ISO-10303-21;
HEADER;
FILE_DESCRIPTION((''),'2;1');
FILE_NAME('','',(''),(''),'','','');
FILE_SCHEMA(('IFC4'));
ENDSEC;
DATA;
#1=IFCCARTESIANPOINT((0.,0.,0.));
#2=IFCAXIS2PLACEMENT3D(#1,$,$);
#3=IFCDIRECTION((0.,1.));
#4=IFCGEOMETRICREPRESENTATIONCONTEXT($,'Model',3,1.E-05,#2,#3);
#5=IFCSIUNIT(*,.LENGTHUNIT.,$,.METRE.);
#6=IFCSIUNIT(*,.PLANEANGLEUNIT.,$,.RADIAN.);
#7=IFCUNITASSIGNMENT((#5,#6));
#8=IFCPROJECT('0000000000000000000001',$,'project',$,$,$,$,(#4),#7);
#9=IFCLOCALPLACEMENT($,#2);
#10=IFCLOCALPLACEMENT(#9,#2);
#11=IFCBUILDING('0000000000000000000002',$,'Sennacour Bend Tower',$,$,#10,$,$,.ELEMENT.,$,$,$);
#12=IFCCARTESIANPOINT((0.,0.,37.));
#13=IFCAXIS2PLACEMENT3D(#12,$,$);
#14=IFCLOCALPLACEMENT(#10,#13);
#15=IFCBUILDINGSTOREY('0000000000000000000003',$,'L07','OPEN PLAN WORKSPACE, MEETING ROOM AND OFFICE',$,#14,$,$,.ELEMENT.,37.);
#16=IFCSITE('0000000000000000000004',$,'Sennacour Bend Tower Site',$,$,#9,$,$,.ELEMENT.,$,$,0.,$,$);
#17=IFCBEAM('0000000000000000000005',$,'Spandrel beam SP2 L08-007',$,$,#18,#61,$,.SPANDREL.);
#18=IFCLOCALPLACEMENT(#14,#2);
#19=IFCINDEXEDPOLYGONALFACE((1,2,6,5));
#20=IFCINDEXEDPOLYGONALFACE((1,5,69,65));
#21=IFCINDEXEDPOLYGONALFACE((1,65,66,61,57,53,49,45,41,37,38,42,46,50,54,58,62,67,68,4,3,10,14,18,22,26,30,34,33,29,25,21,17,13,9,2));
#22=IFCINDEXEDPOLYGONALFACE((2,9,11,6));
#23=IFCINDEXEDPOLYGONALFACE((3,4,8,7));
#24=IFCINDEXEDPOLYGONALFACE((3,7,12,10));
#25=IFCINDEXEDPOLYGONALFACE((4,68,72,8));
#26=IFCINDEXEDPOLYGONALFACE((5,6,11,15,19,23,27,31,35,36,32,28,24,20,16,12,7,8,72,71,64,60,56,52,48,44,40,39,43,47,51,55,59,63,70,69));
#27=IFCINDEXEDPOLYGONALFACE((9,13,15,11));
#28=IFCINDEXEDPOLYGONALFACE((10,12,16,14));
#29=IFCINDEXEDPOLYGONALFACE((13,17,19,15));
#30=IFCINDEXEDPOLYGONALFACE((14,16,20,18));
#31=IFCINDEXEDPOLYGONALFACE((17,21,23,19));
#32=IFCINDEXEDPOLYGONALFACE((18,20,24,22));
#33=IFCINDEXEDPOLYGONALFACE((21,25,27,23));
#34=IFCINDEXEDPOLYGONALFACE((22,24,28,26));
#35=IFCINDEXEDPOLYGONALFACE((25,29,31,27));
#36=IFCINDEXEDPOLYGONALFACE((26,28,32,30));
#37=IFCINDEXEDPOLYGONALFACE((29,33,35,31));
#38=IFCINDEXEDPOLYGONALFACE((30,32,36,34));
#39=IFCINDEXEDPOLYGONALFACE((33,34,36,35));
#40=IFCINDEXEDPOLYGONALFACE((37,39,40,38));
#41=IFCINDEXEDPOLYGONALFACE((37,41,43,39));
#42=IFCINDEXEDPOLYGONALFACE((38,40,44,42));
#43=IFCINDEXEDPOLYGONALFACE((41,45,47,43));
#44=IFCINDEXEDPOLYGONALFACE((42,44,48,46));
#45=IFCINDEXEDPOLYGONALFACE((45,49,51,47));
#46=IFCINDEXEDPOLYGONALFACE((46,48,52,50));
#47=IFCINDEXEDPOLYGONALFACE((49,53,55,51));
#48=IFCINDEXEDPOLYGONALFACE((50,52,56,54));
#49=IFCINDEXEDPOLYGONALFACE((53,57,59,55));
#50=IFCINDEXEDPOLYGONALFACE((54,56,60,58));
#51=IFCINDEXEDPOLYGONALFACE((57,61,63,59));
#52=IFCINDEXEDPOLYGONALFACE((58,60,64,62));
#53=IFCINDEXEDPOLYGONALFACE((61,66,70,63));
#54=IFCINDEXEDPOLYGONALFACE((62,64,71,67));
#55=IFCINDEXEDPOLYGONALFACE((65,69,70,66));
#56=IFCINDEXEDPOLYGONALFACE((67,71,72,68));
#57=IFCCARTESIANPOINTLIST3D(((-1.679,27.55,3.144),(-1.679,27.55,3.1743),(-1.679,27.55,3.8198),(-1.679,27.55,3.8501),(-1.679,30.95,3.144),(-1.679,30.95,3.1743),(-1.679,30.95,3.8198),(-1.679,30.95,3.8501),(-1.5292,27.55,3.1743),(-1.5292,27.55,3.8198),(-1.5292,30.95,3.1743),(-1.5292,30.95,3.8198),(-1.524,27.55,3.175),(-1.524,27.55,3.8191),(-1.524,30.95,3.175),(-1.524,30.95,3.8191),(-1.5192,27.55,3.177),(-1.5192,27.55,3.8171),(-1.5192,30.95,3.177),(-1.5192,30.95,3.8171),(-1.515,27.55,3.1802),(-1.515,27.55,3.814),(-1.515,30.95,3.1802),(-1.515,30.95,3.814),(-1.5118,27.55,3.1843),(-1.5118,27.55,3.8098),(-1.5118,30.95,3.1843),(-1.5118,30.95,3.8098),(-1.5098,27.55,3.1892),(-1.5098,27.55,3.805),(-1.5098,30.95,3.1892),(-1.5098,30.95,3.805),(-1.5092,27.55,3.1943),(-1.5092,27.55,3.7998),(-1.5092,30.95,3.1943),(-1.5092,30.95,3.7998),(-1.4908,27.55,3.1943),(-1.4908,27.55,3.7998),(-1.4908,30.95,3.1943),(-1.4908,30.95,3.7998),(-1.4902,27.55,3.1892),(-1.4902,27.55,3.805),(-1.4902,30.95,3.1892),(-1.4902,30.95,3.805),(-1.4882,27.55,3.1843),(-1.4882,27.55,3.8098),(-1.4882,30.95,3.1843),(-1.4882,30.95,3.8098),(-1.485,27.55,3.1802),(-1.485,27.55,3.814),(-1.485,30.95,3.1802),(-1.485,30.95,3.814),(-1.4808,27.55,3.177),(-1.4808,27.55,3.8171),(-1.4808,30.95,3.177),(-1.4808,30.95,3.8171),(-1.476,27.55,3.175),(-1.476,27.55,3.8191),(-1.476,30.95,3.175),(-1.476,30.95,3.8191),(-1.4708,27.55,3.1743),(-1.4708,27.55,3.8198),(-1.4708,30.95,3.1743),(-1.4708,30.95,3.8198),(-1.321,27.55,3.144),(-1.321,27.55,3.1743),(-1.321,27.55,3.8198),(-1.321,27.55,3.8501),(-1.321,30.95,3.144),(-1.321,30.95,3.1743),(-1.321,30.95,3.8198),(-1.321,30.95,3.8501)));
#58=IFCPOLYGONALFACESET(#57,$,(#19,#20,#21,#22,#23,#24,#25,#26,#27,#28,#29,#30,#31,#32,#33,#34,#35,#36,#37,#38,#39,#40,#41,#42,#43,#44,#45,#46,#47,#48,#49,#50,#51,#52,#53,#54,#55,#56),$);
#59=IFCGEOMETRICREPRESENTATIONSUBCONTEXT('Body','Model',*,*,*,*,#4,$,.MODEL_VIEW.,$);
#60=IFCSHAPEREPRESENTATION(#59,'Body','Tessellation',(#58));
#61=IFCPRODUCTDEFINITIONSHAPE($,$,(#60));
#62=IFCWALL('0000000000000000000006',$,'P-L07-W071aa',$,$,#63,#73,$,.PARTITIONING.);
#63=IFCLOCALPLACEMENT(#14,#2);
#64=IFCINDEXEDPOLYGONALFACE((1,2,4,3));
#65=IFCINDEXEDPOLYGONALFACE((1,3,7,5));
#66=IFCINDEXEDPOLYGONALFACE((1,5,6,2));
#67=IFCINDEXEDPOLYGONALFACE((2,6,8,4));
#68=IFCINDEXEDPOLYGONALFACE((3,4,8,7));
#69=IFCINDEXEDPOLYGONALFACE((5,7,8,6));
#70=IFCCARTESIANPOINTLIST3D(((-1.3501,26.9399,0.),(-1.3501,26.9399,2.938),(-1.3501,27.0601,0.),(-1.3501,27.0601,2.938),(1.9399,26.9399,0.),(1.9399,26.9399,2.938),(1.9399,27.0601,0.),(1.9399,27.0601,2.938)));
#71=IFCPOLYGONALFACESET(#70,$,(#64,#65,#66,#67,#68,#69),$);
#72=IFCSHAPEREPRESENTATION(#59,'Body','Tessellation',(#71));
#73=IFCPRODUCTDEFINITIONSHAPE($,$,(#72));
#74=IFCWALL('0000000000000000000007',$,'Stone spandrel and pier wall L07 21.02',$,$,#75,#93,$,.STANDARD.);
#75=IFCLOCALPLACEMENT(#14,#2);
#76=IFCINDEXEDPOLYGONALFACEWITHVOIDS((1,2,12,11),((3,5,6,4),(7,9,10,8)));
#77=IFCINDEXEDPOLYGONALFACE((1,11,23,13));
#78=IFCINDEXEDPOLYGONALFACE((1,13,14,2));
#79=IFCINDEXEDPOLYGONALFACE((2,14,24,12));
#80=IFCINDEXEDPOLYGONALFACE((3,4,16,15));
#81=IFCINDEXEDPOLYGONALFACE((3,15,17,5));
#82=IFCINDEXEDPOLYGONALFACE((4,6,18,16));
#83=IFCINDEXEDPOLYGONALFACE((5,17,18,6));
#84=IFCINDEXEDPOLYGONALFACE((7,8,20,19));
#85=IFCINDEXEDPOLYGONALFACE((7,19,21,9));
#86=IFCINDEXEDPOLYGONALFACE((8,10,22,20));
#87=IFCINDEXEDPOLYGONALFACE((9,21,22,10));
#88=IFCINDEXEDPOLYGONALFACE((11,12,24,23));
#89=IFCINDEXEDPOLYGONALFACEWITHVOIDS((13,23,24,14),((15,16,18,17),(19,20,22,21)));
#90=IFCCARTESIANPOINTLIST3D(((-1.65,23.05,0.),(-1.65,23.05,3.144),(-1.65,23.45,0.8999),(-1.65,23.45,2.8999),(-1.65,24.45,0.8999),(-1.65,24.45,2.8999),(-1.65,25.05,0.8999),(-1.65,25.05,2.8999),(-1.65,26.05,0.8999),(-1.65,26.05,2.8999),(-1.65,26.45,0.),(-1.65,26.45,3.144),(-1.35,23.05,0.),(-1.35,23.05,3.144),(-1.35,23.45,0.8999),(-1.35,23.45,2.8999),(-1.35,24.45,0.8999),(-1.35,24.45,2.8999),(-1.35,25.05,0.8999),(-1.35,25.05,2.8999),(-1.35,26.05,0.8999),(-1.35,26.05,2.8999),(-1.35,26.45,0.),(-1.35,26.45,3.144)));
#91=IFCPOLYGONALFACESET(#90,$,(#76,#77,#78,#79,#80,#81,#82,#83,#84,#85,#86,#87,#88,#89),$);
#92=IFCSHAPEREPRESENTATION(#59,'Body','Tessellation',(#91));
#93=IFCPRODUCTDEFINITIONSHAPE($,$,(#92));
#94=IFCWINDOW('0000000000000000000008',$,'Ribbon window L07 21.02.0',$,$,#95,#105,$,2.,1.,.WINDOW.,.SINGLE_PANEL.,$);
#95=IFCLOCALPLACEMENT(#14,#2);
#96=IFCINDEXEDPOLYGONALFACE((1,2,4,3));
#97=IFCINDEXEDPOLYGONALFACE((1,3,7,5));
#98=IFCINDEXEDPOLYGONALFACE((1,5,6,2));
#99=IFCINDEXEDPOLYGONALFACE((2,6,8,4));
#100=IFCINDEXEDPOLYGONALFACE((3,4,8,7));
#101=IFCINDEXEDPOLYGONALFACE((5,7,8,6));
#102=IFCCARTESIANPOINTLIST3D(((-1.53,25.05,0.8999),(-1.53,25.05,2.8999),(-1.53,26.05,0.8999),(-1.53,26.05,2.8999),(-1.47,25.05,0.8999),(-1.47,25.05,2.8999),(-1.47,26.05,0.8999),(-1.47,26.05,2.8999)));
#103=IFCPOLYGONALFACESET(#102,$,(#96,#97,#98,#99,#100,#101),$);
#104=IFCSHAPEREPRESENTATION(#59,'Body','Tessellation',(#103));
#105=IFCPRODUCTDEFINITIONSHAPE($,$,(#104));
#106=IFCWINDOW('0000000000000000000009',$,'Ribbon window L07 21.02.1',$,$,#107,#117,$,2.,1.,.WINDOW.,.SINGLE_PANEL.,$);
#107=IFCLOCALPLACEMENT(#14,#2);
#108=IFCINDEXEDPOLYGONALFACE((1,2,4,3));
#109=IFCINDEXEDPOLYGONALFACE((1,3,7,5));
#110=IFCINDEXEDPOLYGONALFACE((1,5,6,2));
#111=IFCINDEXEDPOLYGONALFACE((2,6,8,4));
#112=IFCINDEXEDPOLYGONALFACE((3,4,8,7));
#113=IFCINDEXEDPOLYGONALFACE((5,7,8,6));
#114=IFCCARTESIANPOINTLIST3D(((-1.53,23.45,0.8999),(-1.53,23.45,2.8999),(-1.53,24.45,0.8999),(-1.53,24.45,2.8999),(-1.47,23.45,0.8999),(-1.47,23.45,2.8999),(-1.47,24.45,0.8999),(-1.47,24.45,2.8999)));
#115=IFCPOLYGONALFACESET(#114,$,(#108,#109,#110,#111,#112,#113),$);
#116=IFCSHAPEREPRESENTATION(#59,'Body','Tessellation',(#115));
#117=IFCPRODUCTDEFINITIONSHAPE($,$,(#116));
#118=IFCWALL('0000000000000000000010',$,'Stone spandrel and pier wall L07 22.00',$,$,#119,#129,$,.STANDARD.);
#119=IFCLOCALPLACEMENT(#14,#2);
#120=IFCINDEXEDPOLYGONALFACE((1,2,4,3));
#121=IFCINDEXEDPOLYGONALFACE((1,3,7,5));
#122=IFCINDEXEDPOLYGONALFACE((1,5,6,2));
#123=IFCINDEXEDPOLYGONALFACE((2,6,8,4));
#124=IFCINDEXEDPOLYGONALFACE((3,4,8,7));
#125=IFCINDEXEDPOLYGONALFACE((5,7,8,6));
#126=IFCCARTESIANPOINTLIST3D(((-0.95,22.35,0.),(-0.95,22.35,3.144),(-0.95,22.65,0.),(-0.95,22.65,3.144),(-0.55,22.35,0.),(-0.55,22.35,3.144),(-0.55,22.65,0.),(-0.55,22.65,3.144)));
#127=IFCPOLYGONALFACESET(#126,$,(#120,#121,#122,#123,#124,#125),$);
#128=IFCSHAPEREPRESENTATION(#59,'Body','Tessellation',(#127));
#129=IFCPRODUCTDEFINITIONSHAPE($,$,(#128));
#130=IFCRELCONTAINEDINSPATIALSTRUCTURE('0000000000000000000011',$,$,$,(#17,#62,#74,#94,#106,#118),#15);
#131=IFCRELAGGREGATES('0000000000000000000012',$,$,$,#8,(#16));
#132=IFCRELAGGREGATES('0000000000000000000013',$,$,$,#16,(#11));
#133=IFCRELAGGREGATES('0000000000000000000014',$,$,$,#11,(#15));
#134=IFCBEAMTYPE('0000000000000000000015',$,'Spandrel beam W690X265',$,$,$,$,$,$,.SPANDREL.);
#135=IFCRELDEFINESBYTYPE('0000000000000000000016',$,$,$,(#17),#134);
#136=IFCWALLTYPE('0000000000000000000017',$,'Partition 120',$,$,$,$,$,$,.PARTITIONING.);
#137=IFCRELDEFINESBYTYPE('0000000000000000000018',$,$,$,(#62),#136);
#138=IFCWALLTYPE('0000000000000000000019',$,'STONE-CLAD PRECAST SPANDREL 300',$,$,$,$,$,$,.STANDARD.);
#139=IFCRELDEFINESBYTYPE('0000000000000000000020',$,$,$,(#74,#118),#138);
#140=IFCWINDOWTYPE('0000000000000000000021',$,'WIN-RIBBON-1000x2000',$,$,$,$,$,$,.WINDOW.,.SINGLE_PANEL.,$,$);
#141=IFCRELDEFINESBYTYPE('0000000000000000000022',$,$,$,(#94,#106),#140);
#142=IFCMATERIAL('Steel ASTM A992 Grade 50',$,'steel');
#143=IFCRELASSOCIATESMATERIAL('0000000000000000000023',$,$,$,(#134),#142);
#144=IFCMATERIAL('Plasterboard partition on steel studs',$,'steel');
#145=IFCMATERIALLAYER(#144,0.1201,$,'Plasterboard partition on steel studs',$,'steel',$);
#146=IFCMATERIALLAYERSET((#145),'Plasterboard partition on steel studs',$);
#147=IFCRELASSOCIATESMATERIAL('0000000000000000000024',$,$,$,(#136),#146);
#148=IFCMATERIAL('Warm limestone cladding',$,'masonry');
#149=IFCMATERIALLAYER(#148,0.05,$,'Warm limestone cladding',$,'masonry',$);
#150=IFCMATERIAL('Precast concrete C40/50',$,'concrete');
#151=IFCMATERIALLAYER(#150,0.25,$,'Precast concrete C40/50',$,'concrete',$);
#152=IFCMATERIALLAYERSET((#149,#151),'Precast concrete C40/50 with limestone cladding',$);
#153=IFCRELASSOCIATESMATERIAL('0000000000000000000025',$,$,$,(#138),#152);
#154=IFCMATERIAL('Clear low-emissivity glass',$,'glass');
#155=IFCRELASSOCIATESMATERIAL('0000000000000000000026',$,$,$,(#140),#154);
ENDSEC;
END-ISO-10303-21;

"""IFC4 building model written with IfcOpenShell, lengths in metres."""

from ifc_helpers import new_model, si_unit, direction, frame, frame_2d, origin, origin_2d, place, context, subcontext, project, spatial, rectangle, i_section, extrude, material, layer, layer_set, material_profile, profile_set, type_object, element, fill, save


model = new_model("IFC4")

# Units and contexts
model_context = context("Model", 3, precision=1e-05, world=origin(), true_north=direction((0.0, 1.0)))
body_context = subcontext(model_context, "Body", "Model", "MODEL_VIEW")
ifc_project = project(units=[si_unit("LENGTHUNIT", "METRE"), si_unit("PLANEANGLEUNIT", "RADIAN")], contexts=[model_context])

# Site, building, storey
site_placement = place(None, origin())
site = spatial("IfcSite", under=ifc_project, at=site_placement, Name="Sennacour Bend Tower Site", CompositionType="ELEMENT", RefElevation=0.0)
building_placement = place(site_placement, origin())
building = spatial("IfcBuilding", under=site, at=building_placement, Name="Sennacour Bend Tower", CompositionType="ELEMENT")
storey_placement = place(building_placement, frame((0.0, 0.0, 37.0)))
storey = spatial("IfcBuildingStorey", under=building, at=storey_placement, Name="L07", Description="OPEN PLAN WORKSPACE, MEETING ROOM AND OFFICE", CompositionType="ELEMENT", Elevation=37.0)

# Beam
ifc_material_1 = material(Name="Steel ASTM A992 Grade 50", Category="steel")
ifc_material_profile_1 = material_profile(ifc_material_1, i_section(OverallWidth=0.3579, OverallDepth=0.7061, WebThickness=0.0183, FlangeThickness=0.0303, FilletRadius=0.02, at=origin_2d()), Name="Steel ASTM A992 Grade 50", Category="steel")
ifc_profile_set_1 = profile_set([ifc_material_profile_1], Name="Steel ASTM A992 Grade 50")
beam_type_1 = type_object("IfcBeamType", Name="Spandrel beam W690X265", PredefinedType="SPANDREL", material=ifc_profile_set_1)
for number, where, z_axis, x_axis, name in (
    (1, (-1.5, 27.55, 3.4971), (0.0, 1.0, 0.0), (-1.0, 0.0, 0.0), "Spandrel beam SP2 L08-007"),
):
    element("IfcBeam", number, at=place(storey_placement, frame(where, z_axis=z_axis, x_axis=x_axis)), inside=storey, type_object=beam_type_1, Name=name, PredefinedType="SPANDREL", context=body_context, shape_type="SweptSolid", body=[
        extrude(i_section(OverallWidth=0.3579, OverallDepth=0.7061, WebThickness=0.0183, FlangeThickness=0.0303, FilletRadius=0.02, at=origin_2d()), origin(), (0.0, 0.0, 1.0), 3.3999),
    ])

# Wall
ifc_material_2 = material(Name="Plasterboard partition on steel studs", Category="steel")
ifc_layer_1 = layer(ifc_material_2, 0.1201, Name="Plasterboard partition on steel studs", Category="steel")
ifc_layer_set_1 = layer_set([ifc_layer_1], Name="Plasterboard partition on steel studs")
wall_type_1 = type_object("IfcWallType", Name="Partition 120", PredefinedType="PARTITIONING", material=ifc_layer_set_1)
wall_1_placement = place(storey_placement, frame((-1.3501, 27.0, 0.0), z_axis=(0.0, 0.0, 1.0), x_axis=(1.0, 0.0, 0.0)))
element("IfcWall", 2, at=wall_1_placement, inside=storey, type_object=wall_type_1, Name="P-L07-W071aa", PredefinedType="PARTITIONING", context=body_context, shape_type="SweptSolid", body=[
    extrude(rectangle(XDim=3.29, YDim=0.1201, at=frame_2d((1.645, 0.0))), origin(), (0.0, 0.0, 1.0), 2.938),
])

# Wall, openings, windows
ifc_material_3 = material(Name="Warm limestone cladding", Category="masonry")
ifc_layer_2 = layer(ifc_material_3, 0.05, Name="Warm limestone cladding", Category="masonry")
ifc_material_4 = material(Name="Precast concrete C40/50", Category="concrete")
ifc_layer_3 = layer(ifc_material_4, 0.25, Name="Precast concrete C40/50", Category="concrete")
ifc_layer_set_2 = layer_set([ifc_layer_2, ifc_layer_3], Name="Precast concrete C40/50 with limestone cladding")
wall_type_2 = type_object("IfcWallType", Name="STONE-CLAD PRECAST SPANDREL 300", PredefinedType="STANDARD", material=ifc_layer_set_2)
wall_2_placement = place(storey_placement, frame((-1.5, 26.45, 0.0), z_axis=(0.0, 0.0, 1.0), x_axis=(0.0, -1.0, 0.0)))
wall_2 = element("IfcWall", 3, at=wall_2_placement, inside=storey, type_object=wall_type_2, Name="Stone spandrel and pier wall L07 21.02", PredefinedType="STANDARD", context=body_context, shape_type="SweptSolid", body=[
    extrude(rectangle(XDim=3.3999, YDim=0.3, at=frame_2d((1.7, 0.0))), origin(), (0.0, 0.0, 1.0), 3.144),
])
opening_1_placement = place(wall_2_placement, frame((0.3999, 0.0, 0.8999)))
opening_1 = element("IfcOpeningElement", 4, at=opening_1_placement, cuts=wall_2, PredefinedType="OPENING", context=body_context, shape_type="SweptSolid", body=[
    extrude(rectangle(XDim=1.0, YDim=2.0, at=frame_2d((0.5, 1.0))), frame((0.0, 0.1602, 0.0), z_axis=(0.0, -1.0, 0.0), x_axis=(1.0, 0.0, 0.0)), (0.0, 0.0, 1.0), 0.3201),
])
opening_2_placement = place(wall_2_placement, frame((2.0, 0.0, 0.8999)))
opening_2 = element("IfcOpeningElement", 5, at=opening_2_placement, cuts=wall_2, PredefinedType="OPENING", context=body_context, shape_type="SweptSolid", body=[
    extrude(rectangle(XDim=1.0, YDim=2.0, at=frame_2d((0.5, 1.0))), frame((0.0, 0.1602, 0.0), z_axis=(0.0, -1.0, 0.0), x_axis=(1.0, 0.0, 0.0)), (0.0, 0.0, 1.0), 0.3201),
])
ifc_material_5 = material(Name="Clear low-emissivity glass", Category="glass")
window_type = type_object("IfcWindowType", Name="WIN-RIBBON-1000x2000", PartitioningType="SINGLE_PANEL", PredefinedType="WINDOW", material=ifc_material_5)
window_1_placement = place(opening_1_placement, origin())
window_1 = element("IfcWindow", 6, at=window_1_placement, inside=storey, type_object=window_type, Name="Ribbon window L07 21.02.0", OverallHeight=2.0, OverallWidth=1.0, PartitioningType="SINGLE_PANEL", PredefinedType="WINDOW", context=body_context, shape_type="SweptSolid", body=[
    extrude(rectangle(XDim=1.0, YDim=2.0, at=frame_2d((0.5, 1.0))), frame((0.0, 0.03, 0.0), z_axis=(0.0, -1.0, 0.0), x_axis=(1.0, 0.0, 0.0)), (0.0, 0.0, 1.0), 0.0601),
])
fill(opening_1, window_1)
window_2_placement = place(opening_2_placement, origin())
window_2 = element("IfcWindow", 7, at=window_2_placement, inside=storey, type_object=window_type, Name="Ribbon window L07 21.02.1", OverallHeight=2.0, OverallWidth=1.0, PartitioningType="SINGLE_PANEL", PredefinedType="WINDOW", context=body_context, shape_type="SweptSolid", body=[
    extrude(rectangle(XDim=1.0, YDim=2.0, at=frame_2d((0.5, 1.0))), frame((0.0, 0.03, 0.0), z_axis=(0.0, -1.0, 0.0), x_axis=(1.0, 0.0, 0.0)), (0.0, 0.0, 1.0), 0.0601),
])
fill(opening_2, window_2)

# Wall
wall_3_placement = place(storey_placement, frame((-0.95, 22.5, 0.0), z_axis=(0.0, 0.0, 1.0), x_axis=(1.0, 0.0, 0.0)))
element("IfcWall", 8, at=wall_3_placement, inside=storey, type_object=wall_type_2, Name="Stone spandrel and pier wall L07 22.00", PredefinedType="STANDARD", context=body_context, shape_type="SweptSolid", body=[
    extrude(rectangle(XDim=0.3999, YDim=0.3, at=frame_2d((0.2, 0.0))), origin(), (0.0, 0.0, 1.0), 3.144),
])

save(model, "model.ifc")
